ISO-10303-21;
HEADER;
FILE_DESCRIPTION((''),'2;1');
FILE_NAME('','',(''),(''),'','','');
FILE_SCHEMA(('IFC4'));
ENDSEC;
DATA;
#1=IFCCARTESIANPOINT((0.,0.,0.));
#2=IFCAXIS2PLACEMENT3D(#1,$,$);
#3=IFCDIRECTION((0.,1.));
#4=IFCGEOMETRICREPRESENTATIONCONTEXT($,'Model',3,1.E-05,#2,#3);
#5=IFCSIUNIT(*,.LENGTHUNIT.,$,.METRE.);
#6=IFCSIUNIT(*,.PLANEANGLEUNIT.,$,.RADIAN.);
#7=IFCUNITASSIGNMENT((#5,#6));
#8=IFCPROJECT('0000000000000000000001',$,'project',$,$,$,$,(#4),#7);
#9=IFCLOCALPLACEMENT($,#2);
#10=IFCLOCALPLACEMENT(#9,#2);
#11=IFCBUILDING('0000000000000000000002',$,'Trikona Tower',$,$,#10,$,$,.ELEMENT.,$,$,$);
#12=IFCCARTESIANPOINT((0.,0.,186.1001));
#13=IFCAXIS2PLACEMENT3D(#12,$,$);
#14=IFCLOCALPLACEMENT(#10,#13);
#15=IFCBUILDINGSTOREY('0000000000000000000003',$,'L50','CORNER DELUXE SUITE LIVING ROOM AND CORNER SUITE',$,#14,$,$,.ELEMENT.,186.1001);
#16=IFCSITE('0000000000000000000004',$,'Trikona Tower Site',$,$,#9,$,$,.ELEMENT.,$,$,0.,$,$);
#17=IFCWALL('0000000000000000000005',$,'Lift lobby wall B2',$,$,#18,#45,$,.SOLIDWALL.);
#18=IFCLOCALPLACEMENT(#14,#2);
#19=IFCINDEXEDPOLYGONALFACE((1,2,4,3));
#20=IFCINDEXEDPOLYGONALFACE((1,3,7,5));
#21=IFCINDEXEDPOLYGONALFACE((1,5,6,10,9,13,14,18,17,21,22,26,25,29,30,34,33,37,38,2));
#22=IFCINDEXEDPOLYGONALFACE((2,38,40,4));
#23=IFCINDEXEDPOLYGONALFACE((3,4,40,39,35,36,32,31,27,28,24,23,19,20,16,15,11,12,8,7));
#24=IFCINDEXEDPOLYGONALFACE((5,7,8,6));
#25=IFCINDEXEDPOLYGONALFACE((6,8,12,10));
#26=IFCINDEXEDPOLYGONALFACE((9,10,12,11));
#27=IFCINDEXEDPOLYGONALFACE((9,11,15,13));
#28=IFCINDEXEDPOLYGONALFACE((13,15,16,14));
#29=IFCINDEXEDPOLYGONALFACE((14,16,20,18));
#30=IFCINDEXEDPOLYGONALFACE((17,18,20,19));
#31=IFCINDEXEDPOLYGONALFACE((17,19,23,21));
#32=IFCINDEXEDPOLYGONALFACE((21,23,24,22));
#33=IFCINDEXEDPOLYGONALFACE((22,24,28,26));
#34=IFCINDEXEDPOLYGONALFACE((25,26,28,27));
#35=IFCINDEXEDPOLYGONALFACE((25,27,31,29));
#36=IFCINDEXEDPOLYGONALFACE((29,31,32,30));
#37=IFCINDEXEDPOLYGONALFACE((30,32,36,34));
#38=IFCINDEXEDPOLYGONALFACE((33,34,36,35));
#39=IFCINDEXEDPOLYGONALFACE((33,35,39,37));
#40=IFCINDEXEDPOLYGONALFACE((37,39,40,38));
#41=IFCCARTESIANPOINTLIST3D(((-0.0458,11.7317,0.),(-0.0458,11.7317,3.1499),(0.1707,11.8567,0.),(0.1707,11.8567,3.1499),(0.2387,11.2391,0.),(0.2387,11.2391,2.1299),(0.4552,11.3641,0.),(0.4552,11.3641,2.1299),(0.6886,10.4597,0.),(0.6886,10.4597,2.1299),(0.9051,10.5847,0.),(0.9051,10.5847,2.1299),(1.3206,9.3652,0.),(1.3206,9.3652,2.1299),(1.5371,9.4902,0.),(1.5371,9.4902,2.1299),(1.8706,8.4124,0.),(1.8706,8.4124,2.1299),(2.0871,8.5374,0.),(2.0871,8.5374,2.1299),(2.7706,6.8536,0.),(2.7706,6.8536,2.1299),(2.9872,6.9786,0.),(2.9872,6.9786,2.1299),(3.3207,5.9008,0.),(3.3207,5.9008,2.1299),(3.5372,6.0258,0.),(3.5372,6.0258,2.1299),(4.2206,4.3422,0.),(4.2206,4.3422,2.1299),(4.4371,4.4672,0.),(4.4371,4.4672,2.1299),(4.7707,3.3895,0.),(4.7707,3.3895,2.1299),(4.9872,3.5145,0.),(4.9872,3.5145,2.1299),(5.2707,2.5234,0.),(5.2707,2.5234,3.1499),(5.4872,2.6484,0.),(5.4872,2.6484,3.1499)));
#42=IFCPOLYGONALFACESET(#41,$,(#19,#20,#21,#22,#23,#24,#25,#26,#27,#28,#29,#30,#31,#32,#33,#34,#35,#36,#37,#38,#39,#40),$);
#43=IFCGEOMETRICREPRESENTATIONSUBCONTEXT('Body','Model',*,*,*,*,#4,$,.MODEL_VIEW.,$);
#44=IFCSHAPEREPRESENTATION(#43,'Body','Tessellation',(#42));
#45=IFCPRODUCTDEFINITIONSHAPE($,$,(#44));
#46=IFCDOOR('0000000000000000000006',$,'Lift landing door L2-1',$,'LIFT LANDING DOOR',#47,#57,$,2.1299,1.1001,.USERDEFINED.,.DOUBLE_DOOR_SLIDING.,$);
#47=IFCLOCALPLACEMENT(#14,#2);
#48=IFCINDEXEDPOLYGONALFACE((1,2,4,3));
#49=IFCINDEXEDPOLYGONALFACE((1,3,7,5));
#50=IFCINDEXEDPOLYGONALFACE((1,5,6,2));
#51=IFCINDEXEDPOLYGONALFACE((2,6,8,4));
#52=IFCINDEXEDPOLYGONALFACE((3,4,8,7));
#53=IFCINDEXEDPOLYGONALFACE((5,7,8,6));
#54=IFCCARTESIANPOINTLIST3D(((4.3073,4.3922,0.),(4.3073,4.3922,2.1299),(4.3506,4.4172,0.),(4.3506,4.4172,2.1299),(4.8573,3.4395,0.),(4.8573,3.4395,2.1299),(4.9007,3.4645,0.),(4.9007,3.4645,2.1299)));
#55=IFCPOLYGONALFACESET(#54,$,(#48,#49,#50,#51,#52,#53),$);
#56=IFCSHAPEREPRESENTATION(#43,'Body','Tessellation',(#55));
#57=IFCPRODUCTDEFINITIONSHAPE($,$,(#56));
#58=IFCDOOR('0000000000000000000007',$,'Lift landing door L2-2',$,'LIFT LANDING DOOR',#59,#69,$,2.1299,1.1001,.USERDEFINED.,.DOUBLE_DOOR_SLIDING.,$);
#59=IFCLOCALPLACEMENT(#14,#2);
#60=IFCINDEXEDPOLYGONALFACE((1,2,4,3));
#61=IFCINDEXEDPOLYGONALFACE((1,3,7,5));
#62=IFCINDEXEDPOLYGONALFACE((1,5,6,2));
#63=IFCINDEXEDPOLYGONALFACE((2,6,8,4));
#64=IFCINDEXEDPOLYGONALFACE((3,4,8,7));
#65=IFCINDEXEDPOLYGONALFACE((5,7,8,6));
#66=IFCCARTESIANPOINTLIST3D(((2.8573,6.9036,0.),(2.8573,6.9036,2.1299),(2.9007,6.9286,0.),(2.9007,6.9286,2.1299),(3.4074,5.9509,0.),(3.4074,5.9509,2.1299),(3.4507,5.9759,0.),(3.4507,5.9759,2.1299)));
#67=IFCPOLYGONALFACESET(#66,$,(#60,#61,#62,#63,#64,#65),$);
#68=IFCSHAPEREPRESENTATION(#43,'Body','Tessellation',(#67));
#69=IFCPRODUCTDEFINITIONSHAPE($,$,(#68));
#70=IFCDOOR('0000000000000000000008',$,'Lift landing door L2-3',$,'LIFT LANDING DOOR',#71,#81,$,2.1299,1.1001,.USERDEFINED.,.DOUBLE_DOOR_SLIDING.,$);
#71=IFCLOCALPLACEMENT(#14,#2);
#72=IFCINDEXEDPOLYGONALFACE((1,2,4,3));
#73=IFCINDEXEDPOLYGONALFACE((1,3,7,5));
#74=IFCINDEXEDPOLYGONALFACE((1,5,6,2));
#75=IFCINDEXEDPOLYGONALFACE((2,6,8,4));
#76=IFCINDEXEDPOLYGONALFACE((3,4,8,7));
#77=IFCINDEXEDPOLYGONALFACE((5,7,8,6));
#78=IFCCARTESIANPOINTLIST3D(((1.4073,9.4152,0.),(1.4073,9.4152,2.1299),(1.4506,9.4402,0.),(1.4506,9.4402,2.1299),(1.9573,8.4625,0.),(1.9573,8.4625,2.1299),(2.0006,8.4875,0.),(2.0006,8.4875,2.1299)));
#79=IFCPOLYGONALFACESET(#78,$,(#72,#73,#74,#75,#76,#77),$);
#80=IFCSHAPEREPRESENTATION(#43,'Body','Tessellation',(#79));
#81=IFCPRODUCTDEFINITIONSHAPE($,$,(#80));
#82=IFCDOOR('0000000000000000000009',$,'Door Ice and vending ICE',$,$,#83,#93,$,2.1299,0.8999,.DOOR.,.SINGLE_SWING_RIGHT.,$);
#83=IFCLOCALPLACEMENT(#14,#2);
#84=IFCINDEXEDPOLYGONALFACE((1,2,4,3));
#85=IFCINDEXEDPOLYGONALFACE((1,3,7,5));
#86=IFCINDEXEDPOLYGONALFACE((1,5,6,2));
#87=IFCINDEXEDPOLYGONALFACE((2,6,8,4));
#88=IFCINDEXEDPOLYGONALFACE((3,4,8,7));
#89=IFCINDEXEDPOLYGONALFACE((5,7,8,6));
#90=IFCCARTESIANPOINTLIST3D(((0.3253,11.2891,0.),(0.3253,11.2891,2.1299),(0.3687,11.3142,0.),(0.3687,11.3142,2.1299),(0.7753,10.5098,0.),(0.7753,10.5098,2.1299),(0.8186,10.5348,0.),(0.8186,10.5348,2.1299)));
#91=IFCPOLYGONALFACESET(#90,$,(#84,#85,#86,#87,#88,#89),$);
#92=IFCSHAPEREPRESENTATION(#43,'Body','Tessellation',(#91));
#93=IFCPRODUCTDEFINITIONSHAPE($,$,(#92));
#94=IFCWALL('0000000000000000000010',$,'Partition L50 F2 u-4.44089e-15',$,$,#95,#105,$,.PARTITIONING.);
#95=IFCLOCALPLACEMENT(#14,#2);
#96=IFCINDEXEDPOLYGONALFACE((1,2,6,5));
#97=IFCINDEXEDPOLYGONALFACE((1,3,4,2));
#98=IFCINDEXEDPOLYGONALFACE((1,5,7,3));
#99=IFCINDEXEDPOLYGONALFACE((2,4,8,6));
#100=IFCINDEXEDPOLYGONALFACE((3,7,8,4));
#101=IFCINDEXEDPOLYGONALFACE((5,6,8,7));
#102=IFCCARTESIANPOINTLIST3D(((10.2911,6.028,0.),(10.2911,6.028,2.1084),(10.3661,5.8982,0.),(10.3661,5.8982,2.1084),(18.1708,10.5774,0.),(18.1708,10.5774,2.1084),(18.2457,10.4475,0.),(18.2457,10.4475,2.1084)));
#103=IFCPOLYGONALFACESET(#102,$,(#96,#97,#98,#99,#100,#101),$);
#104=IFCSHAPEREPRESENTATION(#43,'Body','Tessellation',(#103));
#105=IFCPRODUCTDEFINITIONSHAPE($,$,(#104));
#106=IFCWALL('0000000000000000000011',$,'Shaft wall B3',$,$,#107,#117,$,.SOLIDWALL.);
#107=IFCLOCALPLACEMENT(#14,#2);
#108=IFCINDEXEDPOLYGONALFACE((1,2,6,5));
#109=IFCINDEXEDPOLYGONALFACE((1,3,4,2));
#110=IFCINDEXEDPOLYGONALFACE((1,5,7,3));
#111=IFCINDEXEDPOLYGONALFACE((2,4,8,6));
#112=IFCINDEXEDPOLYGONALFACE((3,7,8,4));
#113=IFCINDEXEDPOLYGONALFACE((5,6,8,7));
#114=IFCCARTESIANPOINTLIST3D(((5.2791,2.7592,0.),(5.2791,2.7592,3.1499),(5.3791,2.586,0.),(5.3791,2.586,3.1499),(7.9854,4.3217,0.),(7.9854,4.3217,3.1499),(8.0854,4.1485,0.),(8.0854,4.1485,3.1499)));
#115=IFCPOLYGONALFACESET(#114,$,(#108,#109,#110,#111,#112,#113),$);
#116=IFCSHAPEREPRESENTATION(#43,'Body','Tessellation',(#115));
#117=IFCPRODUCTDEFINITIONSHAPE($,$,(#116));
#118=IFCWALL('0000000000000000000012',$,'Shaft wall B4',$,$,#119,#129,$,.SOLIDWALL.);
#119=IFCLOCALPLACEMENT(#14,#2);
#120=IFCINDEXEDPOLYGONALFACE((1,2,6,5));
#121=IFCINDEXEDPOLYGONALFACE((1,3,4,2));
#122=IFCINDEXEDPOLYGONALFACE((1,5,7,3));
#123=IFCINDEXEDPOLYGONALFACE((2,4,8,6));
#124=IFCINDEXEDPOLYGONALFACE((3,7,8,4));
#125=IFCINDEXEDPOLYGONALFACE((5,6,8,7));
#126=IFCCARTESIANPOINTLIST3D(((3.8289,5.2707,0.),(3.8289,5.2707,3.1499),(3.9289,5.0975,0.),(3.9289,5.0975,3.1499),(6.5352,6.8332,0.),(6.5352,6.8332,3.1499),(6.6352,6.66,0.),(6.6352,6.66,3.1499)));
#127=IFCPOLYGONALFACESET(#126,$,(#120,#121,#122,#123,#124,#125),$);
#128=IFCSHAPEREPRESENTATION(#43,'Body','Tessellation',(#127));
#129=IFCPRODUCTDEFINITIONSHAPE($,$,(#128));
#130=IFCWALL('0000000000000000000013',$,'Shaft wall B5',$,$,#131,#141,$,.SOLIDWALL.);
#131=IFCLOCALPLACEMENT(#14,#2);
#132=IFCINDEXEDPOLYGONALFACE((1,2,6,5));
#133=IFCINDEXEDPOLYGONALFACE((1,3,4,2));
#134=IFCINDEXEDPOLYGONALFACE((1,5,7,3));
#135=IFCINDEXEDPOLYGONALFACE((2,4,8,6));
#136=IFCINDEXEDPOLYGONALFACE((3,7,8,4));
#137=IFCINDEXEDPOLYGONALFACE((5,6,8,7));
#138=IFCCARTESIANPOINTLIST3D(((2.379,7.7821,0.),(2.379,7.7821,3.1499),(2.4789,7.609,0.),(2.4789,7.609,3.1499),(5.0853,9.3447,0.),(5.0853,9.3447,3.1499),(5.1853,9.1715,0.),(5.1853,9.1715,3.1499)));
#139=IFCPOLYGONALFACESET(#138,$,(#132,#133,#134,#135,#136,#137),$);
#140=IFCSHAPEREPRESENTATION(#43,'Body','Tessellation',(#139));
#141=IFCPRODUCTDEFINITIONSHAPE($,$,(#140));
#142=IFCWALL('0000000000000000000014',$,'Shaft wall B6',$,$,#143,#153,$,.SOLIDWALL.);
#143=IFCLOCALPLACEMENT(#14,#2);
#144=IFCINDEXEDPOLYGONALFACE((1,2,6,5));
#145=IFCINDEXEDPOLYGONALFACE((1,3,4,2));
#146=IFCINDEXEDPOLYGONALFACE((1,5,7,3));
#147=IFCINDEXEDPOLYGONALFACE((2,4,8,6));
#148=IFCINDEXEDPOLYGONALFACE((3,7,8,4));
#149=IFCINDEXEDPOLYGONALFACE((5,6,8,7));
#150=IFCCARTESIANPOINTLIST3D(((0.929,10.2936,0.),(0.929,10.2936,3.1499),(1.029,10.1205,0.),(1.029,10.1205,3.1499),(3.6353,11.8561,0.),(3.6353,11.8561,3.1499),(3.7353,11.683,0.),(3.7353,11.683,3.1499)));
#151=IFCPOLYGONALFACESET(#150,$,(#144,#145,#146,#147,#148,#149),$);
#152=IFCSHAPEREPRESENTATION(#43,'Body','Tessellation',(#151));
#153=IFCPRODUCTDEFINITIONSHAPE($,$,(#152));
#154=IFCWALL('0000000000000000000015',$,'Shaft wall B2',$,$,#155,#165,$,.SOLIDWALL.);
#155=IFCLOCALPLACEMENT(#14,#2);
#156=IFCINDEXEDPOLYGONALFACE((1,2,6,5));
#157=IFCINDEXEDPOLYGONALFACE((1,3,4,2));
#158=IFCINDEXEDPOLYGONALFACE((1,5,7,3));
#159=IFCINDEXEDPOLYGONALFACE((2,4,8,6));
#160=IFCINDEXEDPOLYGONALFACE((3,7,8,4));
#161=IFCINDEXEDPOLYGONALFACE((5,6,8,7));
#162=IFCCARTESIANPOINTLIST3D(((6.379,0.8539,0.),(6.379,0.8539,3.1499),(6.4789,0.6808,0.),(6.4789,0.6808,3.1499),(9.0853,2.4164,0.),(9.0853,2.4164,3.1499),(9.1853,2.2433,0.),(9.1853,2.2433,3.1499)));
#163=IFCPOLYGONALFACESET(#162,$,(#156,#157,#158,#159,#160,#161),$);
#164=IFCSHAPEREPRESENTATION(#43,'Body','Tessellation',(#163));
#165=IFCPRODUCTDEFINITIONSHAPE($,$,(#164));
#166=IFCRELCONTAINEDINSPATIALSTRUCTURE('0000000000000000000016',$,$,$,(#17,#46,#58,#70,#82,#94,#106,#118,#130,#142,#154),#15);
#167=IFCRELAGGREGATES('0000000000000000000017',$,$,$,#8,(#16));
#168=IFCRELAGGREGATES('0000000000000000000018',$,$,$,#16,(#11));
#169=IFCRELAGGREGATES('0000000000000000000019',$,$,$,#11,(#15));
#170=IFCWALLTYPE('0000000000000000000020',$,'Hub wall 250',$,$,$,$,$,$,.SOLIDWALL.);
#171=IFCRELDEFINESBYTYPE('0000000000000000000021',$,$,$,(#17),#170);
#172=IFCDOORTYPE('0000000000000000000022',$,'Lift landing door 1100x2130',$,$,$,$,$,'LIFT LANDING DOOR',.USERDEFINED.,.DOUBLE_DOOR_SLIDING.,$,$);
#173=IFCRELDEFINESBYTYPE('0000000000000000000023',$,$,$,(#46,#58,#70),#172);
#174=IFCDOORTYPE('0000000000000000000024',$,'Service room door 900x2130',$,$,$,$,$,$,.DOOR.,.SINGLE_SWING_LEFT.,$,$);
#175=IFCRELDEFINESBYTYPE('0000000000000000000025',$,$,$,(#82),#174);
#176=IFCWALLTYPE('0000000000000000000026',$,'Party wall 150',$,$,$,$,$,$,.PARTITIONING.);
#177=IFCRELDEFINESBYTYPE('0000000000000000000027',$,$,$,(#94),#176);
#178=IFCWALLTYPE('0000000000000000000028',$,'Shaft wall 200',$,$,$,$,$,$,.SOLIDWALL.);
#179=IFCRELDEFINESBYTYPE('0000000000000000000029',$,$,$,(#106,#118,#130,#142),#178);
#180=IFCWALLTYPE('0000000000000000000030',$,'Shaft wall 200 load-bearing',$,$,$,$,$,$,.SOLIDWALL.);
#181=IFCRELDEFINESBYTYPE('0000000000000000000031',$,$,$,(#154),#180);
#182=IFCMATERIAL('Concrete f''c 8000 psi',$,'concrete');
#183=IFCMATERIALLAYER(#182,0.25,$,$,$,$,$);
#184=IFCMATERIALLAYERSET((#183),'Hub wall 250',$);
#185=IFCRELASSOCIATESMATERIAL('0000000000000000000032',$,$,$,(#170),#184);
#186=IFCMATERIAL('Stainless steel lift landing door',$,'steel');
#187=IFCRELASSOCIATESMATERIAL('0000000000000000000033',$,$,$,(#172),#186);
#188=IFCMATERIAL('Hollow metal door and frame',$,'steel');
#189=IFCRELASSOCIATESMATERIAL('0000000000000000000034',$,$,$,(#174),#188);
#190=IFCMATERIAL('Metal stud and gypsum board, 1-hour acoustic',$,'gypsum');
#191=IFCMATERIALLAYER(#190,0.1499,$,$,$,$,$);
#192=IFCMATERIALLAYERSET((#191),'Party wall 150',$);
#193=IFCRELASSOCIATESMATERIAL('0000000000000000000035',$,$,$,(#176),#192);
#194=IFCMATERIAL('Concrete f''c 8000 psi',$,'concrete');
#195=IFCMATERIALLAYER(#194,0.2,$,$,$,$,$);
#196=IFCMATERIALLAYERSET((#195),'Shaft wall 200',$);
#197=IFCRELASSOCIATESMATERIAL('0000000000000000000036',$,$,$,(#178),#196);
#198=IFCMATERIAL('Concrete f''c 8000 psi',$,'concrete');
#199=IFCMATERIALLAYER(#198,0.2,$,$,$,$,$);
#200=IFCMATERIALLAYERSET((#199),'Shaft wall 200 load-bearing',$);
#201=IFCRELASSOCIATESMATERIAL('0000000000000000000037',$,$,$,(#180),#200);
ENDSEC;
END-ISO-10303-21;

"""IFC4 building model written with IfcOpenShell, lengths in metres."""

from ifc_helpers import new_model, si_unit, direction, frame, frame_2d, origin, place, context, subcontext, project, spatial, rectangle, extrude, material, layer, layer_set, type_object, element, fill, save


model = new_model("IFC4")

# Units and contexts
model_context = context("Model", 3, precision=1e-05, world=origin(), true_north=direction((0.0, 1.0)))
body_context = subcontext(model_context, "Body", "Model", "MODEL_VIEW")
ifc_project = project(units=[si_unit("LENGTHUNIT", "METRE"), si_unit("PLANEANGLEUNIT", "RADIAN")], contexts=[model_context])

# Site, building, storey
site_placement = place(None, origin())
site = spatial("IfcSite", under=ifc_project, at=site_placement, Name="Trikona Tower Site", CompositionType="ELEMENT", RefElevation=0.0)
building_placement = place(site_placement, origin())
building = spatial("IfcBuilding", under=site, at=building_placement, Name="Trikona Tower", CompositionType="ELEMENT")
storey_placement = place(building_placement, frame((0.0, 0.0, 186.1001)))
storey = spatial("IfcBuildingStorey", under=building, at=storey_placement, Name="L50", Description="CORNER DELUXE SUITE LIVING ROOM AND CORNER SUITE", CompositionType="ELEMENT", Elevation=186.1001)

# Wall, openings, doors
ifc_material_1 = material(Name="Concrete f'c 8000 psi", Category="concrete")
ifc_layer_1 = layer(ifc_material_1, 0.25)
ifc_layer_set_1 = layer_set([ifc_layer_1], Name="Hub wall 250")
wall_type_1 = type_object("IfcWallType", Name="Hub wall 250", PredefinedType="SOLIDWALL", material=ifc_layer_set_1)
wall_1_placement = place(storey_placement, frame((5.3789, 2.5859, 0.0), z_axis=(0.0, 0.0, 1.0), x_axis=(-0.500001, 0.866025, 0.0)))
wall_1 = element("IfcWall", 1, at=wall_1_placement, inside=storey, type_object=wall_type_1, Name="Lift lobby wall B2", PredefinedType="SOLIDWALL", context=body_context, shape_type="SweptSolid", body=[
    extrude(rectangle(XDim=10.6328, YDim=0.25, at=frame_2d((5.3164, 0.0))), origin(), (0.0, 0.0, 1.0), 3.1499),
])
opening_1_placement = place(wall_1_placement, frame((9.1641, 0.0, 0.0)))
opening_1 = element("IfcOpeningElement", 2, at=opening_1_placement, cuts=wall_1, PredefinedType="OPENING", context=body_context, shape_type="SweptSolid", body=[
    extrude(rectangle(XDim=0.8999, YDim=2.1299, at=frame_2d((0.45, 1.0649))), frame((0.0, 0.135, 0.0), z_axis=(0.0, -1.0, 0.0), x_axis=(1.0, 0.0, 0.0)), (0.0, 0.0, 1.0), 0.27),
])
opening_2_placement = place(wall_1_placement, frame((1.0, 0.0, 0.0)))
opening_2 = element("IfcOpeningElement", 3, at=opening_2_placement, cuts=wall_1, PredefinedType="OPENING", context=body_context, shape_type="SweptSolid", body=[
    extrude(rectangle(XDim=1.1001, YDim=2.1299, at=frame_2d((0.55, 1.0649))), frame((0.0, 0.135, 0.0), z_axis=(0.0, -1.0, 0.0), x_axis=(1.0, 0.0, 0.0)), (0.0, 0.0, 1.0), 0.27),
])
opening_3_placement = place(wall_1_placement, frame((3.8999, 0.0, 0.0)))
opening_3 = element("IfcOpeningElement", 4, at=opening_3_placement, cuts=wall_1, PredefinedType="OPENING", context=body_context, shape_type="SweptSolid", body=[
    extrude(rectangle(XDim=1.1001, YDim=2.1299, at=frame_2d((0.55, 1.0649))), frame((0.0, 0.135, 0.0), z_axis=(0.0, -1.0, 0.0), x_axis=(1.0, 0.0, 0.0)), (0.0, 0.0, 1.0), 0.27),
])
opening_4_placement = place(wall_1_placement, frame((6.8, 0.0, 0.0)))
opening_4 = element("IfcOpeningElement", 5, at=opening_4_placement, cuts=wall_1, PredefinedType="OPENING", context=body_context, shape_type="SweptSolid", body=[
    extrude(rectangle(XDim=1.1001, YDim=2.1299, at=frame_2d((0.55, 1.0649))), frame((0.0, 0.135, 0.0), z_axis=(0.0, -1.0, 0.0), x_axis=(1.0, 0.0, 0.0)), (0.0, 0.0, 1.0), 0.27),
])
ifc_material_2 = material(Name="Stainless steel lift landing door", Category="steel")
door_type_1 = type_object("IfcDoorType", Name="Lift landing door 1100x2130", ElementType="LIFT LANDING DOOR", OperationType="DOUBLE_DOOR_SLIDING", PredefinedType="USERDEFINED", material=ifc_material_2)
door_1_placement = place(opening_2_placement, origin())
door_1 = element("IfcDoor", 6, at=door_1_placement, inside=storey, type_object=door_type_1, Name="Lift landing door L2-1", ObjectType="LIFT LANDING DOOR", OperationType="DOUBLE_DOOR_SLIDING", OverallHeight=2.1299, OverallWidth=1.1001, PredefinedType="USERDEFINED", context=body_context, shape_type="SweptSolid", body=[
    extrude(rectangle(XDim=1.1001, YDim=2.1299, at=frame_2d((0.55, 1.0649))), frame((0.0, 0.0249, 0.0), z_axis=(0.0, -1.0, 0.0), x_axis=(1.0, 0.0, 0.0)), (0.0, 0.0, 1.0), 0.05),
])
fill(opening_2, door_1)
door_2_placement = place(opening_3_placement, origin())
door_2 = element("IfcDoor", 7, at=door_2_placement, inside=storey, type_object=door_type_1, Name="Lift landing door L2-2", ObjectType="LIFT LANDING DOOR", OperationType="DOUBLE_DOOR_SLIDING", OverallHeight=2.1299, OverallWidth=1.1001, PredefinedType="USERDEFINED", context=body_context, shape_type="SweptSolid", body=[
    extrude(rectangle(XDim=1.1001, YDim=2.1299, at=frame_2d((0.55, 1.0649))), frame((0.0, 0.0249, 0.0), z_axis=(0.0, -1.0, 0.0), x_axis=(1.0, 0.0, 0.0)), (0.0, 0.0, 1.0), 0.05),
])
fill(opening_3, door_2)
door_3_placement = place(opening_4_placement, origin())
door_3 = element("IfcDoor", 8, at=door_3_placement, inside=storey, type_object=door_type_1, Name="Lift landing door L2-3", ObjectType="LIFT LANDING DOOR", OperationType="DOUBLE_DOOR_SLIDING", OverallHeight=2.1299, OverallWidth=1.1001, PredefinedType="USERDEFINED", context=body_context, shape_type="SweptSolid", body=[
    extrude(rectangle(XDim=1.1001, YDim=2.1299, at=frame_2d((0.55, 1.0649))), frame((0.0, 0.0249, 0.0), z_axis=(0.0, -1.0, 0.0), x_axis=(1.0, 0.0, 0.0)), (0.0, 0.0, 1.0), 0.05),
])
fill(opening_4, door_3)
ifc_material_3 = material(Name="Hollow metal door and frame", Category="steel")
door_type_2 = type_object("IfcDoorType", Name="Service room door 900x2130", OperationType="SINGLE_SWING_LEFT", PredefinedType="DOOR", material=ifc_material_3)
door_4_placement = place(opening_1_placement, origin())
door_4 = element("IfcDoor", 9, at=door_4_placement, inside=storey, type_object=door_type_2, Name="Door Ice and vending ICE", OperationType="SINGLE_SWING_RIGHT", OverallHeight=2.1299, OverallWidth=0.8999, PredefinedType="DOOR", context=body_context, shape_type="SweptSolid", body=[
    extrude(rectangle(XDim=0.8999, YDim=2.1299, at=frame_2d((0.45, 1.0649))), frame((0.0, 0.0249, 0.0), z_axis=(0.0, -1.0, 0.0), x_axis=(1.0, 0.0, 0.0)), (0.0, 0.0, 1.0), 0.05),
])
fill(opening_1, door_4)

# Walls
ifc_material_4 = material(Name="Metal stud and gypsum board, 1-hour acoustic", Category="gypsum")
ifc_layer_2 = layer(ifc_material_4, 0.1499)
ifc_layer_set_2 = layer_set([ifc_layer_2], Name="Party wall 150")
wall_type_2 = type_object("IfcWallType", Name="Party wall 150", PredefinedType="PARTITIONING", material=ifc_layer_set_2)
wall_2_placement = place(storey_placement, frame((10.3286, 5.9631, 0.0), z_axis=(0.0, 0.0, 1.0), x_axis=(0.866025, 0.5, 0.0)))
element("IfcWall", 10, at=wall_2_placement, inside=storey, type_object=wall_type_2, Name="Partition L50 F2 u-4.44089e-15", PredefinedType="PARTITIONING", context=body_context, shape_type="SweptSolid", body=[
    extrude(rectangle(XDim=9.0986, YDim=0.1499, at=frame_2d((4.5493, 0.0))), origin(), (0.0, 0.0, 1.0), 2.1084),
])
ifc_material_5 = material(Name="Concrete f'c 8000 psi", Category="concrete")
ifc_layer_3 = layer(ifc_material_5, 0.2)
ifc_layer_set_3 = layer_set([ifc_layer_3], Name="Shaft wall 200")
wall_type_3 = type_object("IfcWallType", Name="Shaft wall 200", PredefinedType="SOLIDWALL", material=ifc_layer_set_3)
for number, where, z_axis, x_axis, name in (
    (11, (5.3291, 2.6726, 0.0), (0.0, 0.0, 1.0), (0.866023, 0.500004, 0.0), "Shaft wall B3"),
    (12, (3.8789, 5.1841, 0.0), (0.0, 0.0, 1.0), (0.866023, 0.500004, 0.0), "Shaft wall B4"),
    (13, (2.429, 7.6956, 0.0), (0.0, 0.0, 1.0), (0.866023, 0.500004, 0.0), "Shaft wall B5"),
    (14, (0.979, 10.207, 0.0), (0.0, 0.0, 1.0), (0.866023, 0.500004, 0.0), "Shaft wall B6"),
):
    element("IfcWall", number, at=place(storey_placement, frame(where, z_axis=z_axis, x_axis=x_axis)), inside=storey, type_object=wall_type_3, Name=name, PredefinedType="SOLIDWALL", context=body_context, shape_type="SweptSolid", body=[
        extrude(rectangle(XDim=3.125, YDim=0.2, at=frame_2d((1.5625, 0.0))), origin(), (0.0, 0.0, 1.0), 3.1499),
    ])
ifc_material_6 = material(Name="Concrete f'c 8000 psi", Category="concrete")
ifc_layer_4 = layer(ifc_material_6, 0.2)
ifc_layer_set_4 = layer_set([ifc_layer_4], Name="Shaft wall 200 load-bearing")
wall_type_4 = type_object("IfcWallType", Name="Shaft wall 200 load-bearing", PredefinedType="SOLIDWALL", material=ifc_layer_set_4)
wall_3_placement = place(storey_placement, frame((6.429, 0.7673, 0.0), z_axis=(0.0, 0.0, 1.0), x_axis=(0.866023, 0.500004, 0.0)))
element("IfcWall", 15, at=wall_3_placement, inside=storey, type_object=wall_type_4, Name="Shaft wall B2", PredefinedType="SOLIDWALL", context=body_context, shape_type="SweptSolid", body=[
    extrude(rectangle(XDim=3.125, YDim=0.2, at=frame_2d((1.5625, 0.0))), origin(), (0.0, 0.0, 1.0), 3.1499),
])

save(model, "model.ifc")
